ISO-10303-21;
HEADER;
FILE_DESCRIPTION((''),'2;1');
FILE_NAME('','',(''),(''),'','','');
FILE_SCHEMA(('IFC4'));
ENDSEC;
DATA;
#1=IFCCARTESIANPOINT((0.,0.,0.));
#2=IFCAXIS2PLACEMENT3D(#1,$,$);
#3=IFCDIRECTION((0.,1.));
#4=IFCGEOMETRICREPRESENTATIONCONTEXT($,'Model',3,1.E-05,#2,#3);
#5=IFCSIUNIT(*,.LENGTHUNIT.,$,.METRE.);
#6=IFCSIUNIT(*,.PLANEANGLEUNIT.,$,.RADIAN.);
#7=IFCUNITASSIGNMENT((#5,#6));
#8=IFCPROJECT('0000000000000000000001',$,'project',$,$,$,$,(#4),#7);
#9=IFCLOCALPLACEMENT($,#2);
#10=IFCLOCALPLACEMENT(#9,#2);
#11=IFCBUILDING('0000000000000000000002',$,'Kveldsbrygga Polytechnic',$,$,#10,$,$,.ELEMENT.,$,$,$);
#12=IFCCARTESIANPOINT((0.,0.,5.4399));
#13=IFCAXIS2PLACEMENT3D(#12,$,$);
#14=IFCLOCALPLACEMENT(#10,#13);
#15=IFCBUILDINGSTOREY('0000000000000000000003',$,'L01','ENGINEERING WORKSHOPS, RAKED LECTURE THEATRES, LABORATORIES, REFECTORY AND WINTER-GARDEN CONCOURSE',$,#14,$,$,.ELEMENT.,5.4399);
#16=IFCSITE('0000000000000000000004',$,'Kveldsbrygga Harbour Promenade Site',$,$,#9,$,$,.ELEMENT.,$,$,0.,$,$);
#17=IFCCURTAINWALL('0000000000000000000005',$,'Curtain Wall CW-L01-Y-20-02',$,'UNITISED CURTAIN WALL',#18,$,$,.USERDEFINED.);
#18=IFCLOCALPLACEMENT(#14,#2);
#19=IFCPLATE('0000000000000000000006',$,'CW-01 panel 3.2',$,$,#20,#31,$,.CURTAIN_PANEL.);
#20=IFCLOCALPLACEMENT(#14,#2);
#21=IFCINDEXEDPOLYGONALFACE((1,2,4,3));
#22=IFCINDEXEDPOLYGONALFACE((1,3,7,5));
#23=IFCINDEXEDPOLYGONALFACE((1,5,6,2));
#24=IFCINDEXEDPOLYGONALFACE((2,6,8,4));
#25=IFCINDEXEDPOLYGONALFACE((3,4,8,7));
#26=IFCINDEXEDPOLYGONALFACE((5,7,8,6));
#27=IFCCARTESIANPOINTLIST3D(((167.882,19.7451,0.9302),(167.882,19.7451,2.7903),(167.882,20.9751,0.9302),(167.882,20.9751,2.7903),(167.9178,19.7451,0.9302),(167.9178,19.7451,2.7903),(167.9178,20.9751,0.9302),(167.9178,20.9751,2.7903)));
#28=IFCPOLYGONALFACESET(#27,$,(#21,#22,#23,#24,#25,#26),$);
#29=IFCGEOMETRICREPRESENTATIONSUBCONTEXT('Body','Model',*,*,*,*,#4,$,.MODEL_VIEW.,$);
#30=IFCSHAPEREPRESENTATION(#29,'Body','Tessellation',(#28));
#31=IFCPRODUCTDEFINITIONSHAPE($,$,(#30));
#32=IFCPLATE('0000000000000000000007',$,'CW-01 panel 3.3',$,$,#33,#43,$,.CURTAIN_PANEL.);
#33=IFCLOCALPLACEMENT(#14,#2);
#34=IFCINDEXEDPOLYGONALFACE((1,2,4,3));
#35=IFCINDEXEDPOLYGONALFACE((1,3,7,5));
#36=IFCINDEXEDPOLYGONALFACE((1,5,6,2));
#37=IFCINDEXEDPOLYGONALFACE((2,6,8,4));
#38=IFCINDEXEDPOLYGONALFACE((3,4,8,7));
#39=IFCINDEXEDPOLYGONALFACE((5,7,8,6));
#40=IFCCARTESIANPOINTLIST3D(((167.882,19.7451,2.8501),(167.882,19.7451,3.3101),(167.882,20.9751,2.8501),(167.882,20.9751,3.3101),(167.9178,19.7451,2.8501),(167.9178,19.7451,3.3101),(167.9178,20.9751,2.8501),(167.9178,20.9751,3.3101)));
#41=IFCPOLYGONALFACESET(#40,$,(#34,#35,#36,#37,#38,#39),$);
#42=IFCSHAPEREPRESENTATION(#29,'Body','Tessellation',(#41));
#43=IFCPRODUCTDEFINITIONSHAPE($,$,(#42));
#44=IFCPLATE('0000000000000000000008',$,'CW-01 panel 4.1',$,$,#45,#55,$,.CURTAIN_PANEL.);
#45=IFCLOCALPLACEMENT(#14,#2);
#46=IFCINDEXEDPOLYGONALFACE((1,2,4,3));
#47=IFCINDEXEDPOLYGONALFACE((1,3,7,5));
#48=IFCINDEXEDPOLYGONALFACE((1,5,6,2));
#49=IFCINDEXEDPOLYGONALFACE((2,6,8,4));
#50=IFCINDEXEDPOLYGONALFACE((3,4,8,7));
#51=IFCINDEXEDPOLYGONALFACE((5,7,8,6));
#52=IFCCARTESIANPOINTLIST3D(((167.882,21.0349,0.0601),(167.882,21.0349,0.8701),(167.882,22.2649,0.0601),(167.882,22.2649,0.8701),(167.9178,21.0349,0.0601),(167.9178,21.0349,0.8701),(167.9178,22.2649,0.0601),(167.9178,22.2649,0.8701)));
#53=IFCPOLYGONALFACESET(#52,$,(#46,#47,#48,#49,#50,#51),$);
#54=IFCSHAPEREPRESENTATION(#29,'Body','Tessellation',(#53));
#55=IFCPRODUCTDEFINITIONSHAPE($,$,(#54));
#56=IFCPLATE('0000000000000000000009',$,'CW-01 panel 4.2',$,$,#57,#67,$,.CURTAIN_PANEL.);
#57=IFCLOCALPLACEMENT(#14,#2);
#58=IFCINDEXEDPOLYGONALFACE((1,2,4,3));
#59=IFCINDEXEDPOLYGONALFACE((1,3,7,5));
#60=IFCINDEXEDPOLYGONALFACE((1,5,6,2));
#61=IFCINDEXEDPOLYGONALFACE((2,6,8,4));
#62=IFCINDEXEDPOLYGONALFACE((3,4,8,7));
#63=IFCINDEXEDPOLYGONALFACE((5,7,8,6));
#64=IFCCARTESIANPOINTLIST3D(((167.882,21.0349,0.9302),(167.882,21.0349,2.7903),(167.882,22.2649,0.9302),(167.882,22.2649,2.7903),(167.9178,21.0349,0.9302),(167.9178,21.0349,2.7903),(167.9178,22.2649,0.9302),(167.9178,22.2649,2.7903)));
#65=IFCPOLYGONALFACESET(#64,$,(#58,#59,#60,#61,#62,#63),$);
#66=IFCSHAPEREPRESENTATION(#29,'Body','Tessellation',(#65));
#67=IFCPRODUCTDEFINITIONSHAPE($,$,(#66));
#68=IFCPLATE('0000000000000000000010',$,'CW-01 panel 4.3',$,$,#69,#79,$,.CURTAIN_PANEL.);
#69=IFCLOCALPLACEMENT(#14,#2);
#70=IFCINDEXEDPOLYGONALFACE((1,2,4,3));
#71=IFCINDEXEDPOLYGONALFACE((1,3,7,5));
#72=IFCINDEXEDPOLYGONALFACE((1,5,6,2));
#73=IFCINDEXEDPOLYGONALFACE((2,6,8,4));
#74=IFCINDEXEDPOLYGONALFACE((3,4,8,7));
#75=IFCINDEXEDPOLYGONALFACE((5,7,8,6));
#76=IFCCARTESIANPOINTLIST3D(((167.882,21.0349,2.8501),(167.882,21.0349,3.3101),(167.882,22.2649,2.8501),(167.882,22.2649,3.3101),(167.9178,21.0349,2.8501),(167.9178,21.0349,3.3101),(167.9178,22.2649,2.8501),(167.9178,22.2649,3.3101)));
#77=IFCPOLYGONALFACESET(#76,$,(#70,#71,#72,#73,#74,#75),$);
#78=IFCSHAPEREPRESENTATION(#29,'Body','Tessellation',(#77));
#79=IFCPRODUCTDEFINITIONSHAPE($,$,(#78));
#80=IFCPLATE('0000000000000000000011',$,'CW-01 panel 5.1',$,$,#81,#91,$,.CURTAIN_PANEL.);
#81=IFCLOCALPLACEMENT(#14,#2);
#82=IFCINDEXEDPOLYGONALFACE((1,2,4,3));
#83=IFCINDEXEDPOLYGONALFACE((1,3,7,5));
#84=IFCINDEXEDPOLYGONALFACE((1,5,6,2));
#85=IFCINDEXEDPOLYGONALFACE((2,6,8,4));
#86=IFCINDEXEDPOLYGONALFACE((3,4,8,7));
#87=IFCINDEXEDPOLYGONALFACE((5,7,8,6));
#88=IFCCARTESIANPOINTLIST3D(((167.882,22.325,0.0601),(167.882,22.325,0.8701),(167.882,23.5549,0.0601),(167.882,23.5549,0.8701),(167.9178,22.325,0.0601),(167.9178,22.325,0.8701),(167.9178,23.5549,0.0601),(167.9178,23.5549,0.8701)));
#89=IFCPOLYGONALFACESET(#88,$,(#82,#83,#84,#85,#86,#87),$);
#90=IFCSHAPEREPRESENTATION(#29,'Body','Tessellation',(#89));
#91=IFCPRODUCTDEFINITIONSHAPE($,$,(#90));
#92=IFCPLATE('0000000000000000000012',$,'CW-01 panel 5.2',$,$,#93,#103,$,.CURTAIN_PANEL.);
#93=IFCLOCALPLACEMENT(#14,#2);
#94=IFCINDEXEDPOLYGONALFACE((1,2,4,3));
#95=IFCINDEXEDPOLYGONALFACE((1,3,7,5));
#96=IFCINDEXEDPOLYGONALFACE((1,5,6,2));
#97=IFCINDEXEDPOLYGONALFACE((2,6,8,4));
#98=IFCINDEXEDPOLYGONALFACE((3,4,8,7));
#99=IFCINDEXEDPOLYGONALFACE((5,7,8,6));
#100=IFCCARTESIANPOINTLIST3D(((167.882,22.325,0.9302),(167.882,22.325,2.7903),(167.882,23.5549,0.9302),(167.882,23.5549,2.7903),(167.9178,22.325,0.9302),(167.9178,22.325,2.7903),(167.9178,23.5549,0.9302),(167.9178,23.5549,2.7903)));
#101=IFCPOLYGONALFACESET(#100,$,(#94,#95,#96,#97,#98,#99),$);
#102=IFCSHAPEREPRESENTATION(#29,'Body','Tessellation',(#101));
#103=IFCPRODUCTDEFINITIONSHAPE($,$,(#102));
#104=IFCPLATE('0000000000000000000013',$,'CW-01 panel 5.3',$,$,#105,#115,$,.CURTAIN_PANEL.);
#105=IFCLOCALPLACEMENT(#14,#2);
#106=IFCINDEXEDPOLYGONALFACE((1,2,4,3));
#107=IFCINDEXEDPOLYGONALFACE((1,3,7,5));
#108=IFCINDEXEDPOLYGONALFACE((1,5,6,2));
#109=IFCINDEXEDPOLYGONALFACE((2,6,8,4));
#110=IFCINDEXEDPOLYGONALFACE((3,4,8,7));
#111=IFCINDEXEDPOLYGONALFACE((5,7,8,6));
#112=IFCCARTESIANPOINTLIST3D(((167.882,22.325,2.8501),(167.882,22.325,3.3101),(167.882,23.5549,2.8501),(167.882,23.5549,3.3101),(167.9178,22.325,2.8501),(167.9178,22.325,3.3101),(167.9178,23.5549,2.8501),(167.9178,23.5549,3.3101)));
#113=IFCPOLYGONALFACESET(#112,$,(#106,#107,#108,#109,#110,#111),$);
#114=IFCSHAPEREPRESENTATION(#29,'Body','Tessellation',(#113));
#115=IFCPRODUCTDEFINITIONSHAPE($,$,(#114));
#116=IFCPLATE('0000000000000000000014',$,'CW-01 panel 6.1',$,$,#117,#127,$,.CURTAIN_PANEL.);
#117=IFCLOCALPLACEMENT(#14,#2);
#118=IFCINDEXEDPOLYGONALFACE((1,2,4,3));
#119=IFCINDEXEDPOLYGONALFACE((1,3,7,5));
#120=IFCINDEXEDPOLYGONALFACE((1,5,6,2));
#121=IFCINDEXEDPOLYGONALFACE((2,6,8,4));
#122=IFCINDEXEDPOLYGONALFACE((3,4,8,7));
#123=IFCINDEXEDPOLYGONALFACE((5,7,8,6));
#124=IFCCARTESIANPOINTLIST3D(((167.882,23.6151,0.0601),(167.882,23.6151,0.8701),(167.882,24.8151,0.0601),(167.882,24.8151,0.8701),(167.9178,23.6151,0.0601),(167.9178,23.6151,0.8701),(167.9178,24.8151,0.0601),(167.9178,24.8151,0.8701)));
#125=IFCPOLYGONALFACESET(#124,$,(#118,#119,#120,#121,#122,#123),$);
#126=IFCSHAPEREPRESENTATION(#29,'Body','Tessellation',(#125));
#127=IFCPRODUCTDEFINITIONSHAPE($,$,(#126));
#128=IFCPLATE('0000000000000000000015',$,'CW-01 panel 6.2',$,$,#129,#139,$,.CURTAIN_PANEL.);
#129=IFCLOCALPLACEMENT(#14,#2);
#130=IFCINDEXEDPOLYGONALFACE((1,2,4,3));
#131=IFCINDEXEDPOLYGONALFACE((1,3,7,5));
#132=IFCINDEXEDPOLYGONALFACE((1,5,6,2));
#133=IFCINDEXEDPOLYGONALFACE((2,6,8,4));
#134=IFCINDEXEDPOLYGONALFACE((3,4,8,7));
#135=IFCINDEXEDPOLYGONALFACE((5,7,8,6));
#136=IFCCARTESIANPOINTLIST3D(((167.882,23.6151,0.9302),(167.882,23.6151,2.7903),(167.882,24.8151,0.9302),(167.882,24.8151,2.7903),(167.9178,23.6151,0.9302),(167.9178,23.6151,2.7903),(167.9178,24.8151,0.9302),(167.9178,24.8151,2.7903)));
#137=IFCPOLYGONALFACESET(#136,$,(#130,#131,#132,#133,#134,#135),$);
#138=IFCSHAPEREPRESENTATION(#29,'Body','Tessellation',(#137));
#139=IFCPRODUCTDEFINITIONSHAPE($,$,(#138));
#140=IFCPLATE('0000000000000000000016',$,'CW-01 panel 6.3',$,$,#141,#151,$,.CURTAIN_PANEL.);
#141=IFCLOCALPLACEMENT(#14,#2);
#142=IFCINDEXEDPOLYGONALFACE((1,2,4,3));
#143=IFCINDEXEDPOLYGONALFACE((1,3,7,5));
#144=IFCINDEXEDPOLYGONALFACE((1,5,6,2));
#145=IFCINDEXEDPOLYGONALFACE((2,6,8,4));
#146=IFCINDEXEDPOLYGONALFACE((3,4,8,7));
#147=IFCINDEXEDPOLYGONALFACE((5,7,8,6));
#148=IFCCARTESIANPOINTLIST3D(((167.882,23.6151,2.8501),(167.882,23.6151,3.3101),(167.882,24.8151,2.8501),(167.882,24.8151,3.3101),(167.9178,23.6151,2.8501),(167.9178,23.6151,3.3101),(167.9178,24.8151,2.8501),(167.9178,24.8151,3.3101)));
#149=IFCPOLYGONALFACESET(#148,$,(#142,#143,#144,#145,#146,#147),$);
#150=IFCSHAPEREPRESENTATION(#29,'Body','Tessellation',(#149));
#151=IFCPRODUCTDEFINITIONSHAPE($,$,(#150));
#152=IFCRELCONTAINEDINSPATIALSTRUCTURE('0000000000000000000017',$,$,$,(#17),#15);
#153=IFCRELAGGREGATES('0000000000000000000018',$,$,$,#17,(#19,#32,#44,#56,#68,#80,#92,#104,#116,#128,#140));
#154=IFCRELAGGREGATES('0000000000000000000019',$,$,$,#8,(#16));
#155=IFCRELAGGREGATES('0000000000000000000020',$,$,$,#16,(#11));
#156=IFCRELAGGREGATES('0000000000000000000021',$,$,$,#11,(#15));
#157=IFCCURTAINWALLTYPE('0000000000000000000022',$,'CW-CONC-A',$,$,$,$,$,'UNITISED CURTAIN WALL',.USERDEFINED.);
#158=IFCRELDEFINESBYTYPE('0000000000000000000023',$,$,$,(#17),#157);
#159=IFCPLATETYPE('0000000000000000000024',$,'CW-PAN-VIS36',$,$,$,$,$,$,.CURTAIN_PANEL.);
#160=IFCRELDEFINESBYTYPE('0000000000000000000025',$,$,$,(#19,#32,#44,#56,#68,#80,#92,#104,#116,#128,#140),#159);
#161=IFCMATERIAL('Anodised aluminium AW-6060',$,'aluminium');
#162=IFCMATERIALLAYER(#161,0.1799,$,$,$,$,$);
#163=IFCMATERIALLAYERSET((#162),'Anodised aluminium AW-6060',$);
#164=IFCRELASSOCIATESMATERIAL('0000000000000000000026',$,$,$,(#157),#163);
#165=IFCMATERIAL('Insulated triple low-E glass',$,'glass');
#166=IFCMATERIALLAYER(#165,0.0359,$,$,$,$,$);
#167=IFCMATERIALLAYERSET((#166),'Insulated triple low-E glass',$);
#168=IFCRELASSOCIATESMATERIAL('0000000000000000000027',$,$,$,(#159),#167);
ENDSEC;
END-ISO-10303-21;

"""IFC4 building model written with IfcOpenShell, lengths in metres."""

from ifc_helpers import new_model, si_unit, direction, frame, origin, origin_2d, place, context, subcontext, project, spatial, rectangle, extrude, material, layer, layer_set, type_object, element, aggregate, save


model = new_model("IFC4")

# Units and contexts
model_context = context("Model", 3, precision=1e-05, world=origin(), true_north=direction((0.0, 1.0)))
body_context = subcontext(model_context, "Body", "Model", "MODEL_VIEW")
ifc_project = project(units=[si_unit("LENGTHUNIT", "METRE"), si_unit("PLANEANGLEUNIT", "RADIAN")], contexts=[model_context])

# Site, building, storey
site_placement = place(None, origin())
site = spatial("IfcSite", under=ifc_project, at=site_placement, Name="Kveldsbrygga Harbour Promenade Site", CompositionType="ELEMENT", RefElevation=0.0)
building_placement = place(site_placement, origin())
building = spatial("IfcBuilding", under=site, at=building_placement, Name="Kveldsbrygga Polytechnic", CompositionType="ELEMENT")
storey_placement = place(building_placement, frame((0.0, 0.0, 5.4399)))
storey = spatial("IfcBuildingStorey", under=building, at=storey_placement, Name="L01", Description="ENGINEERING WORKSHOPS, RAKED LECTURE THEATRES, LABORATORIES, REFECTORY AND WINTER-GARDEN CONCOURSE", CompositionType="ELEMENT", Elevation=5.4399)

# Curtain wall
ifc_material_1 = material(Name="Anodised aluminium AW-6060", Category="aluminium")
ifc_layer_1 = layer(ifc_material_1, 0.1799)
ifc_layer_set_1 = layer_set([ifc_layer_1], Name="Anodised aluminium AW-6060")
curtain_wall_type = type_object("IfcCurtainWallType", Name="CW-CONC-A", ElementType="UNITISED CURTAIN WALL", PredefinedType="USERDEFINED", material=ifc_layer_set_1)
curtain_wall_placement = place(storey_placement, origin())
curtain_wall = element("IfcCurtainWall", 1, at=curtain_wall_placement, inside=storey, type_object=curtain_wall_type, Name="Curtain Wall CW-L01-Y-20-02", ObjectType="UNITISED CURTAIN WALL", PredefinedType="USERDEFINED")

# Plates
ifc_material_2 = material(Name="Insulated triple low-E glass", Category="glass")
ifc_layer_2 = layer(ifc_material_2, 0.0359)
ifc_layer_set_2 = layer_set([ifc_layer_2], Name="Insulated triple low-E glass")
plate_type = type_object("IfcPlateType", Name="CW-PAN-VIS36", PredefinedType="CURTAIN_PANEL", material=ifc_layer_set_2)
plate_1_placement = place(storey_placement, frame((167.8999, 20.3601, 0.9302), z_axis=(0.0, 0.0, 1.0), x_axis=(0.0, 1.0, 0.0)))
plate_1 = element("IfcPlate", 2, at=plate_1_placement, type_object=plate_type, Name="CW-01 panel 3.2", PredefinedType="CURTAIN_PANEL", context=body_context, shape_type="SweptSolid", body=[
    extrude(rectangle(XDim=1.23, YDim=0.0359, at=origin_2d()), origin(), (0.0, 0.0, 1.0), 1.8601),
])
plate_2_placement = place(storey_placement, frame((167.8999, 20.3601, 2.8501), z_axis=(0.0, 0.0, 1.0), x_axis=(0.0, 1.0, 0.0)))
plate_2 = element("IfcPlate", 3, at=plate_2_placement, type_object=plate_type, Name="CW-01 panel 3.3", PredefinedType="CURTAIN_PANEL", context=body_context, shape_type="SweptSolid", body=[
    extrude(rectangle(XDim=1.23, YDim=0.0359, at=origin_2d()), origin(), (0.0, 0.0, 1.0), 0.46),
])
plate_3_placement = place(storey_placement, frame((167.8999, 21.6499, 0.0601), z_axis=(0.0, 0.0, 1.0), x_axis=(0.0, 1.0, 0.0)))
plate_3 = element("IfcPlate", 4, at=plate_3_placement, type_object=plate_type, Name="CW-01 panel 4.1", PredefinedType="CURTAIN_PANEL", context=body_context, shape_type="SweptSolid", body=[
    extrude(rectangle(XDim=1.23, YDim=0.0359, at=origin_2d()), origin(), (0.0, 0.0, 1.0), 0.8101),
])
plate_4_placement = place(storey_placement, frame((167.8999, 21.6499, 0.9302), z_axis=(0.0, 0.0, 1.0), x_axis=(0.0, 1.0, 0.0)))
plate_4 = element("IfcPlate", 5, at=plate_4_placement, type_object=plate_type, Name="CW-01 panel 4.2", PredefinedType="CURTAIN_PANEL", context=body_context, shape_type="SweptSolid", body=[
    extrude(rectangle(XDim=1.23, YDim=0.0359, at=origin_2d()), origin(), (0.0, 0.0, 1.0), 1.8601),
])
plate_5_placement = place(storey_placement, frame((167.8999, 21.6499, 2.8501), z_axis=(0.0, 0.0, 1.0), x_axis=(0.0, 1.0, 0.0)))
plate_5 = element("IfcPlate", 6, at=plate_5_placement, type_object=plate_type, Name="CW-01 panel 4.3", PredefinedType="CURTAIN_PANEL", context=body_context, shape_type="SweptSolid", body=[
    extrude(rectangle(XDim=1.23, YDim=0.0359, at=origin_2d()), origin(), (0.0, 0.0, 1.0), 0.46),
])
plate_6_placement = place(storey_placement, frame((167.8999, 22.9399, 0.0601), z_axis=(0.0, 0.0, 1.0), x_axis=(0.0, 1.0, 0.0)))
plate_6 = element("IfcPlate", 7, at=plate_6_placement, type_object=plate_type, Name="CW-01 panel 5.1", PredefinedType="CURTAIN_PANEL", context=body_context, shape_type="SweptSolid", body=[
    extrude(rectangle(XDim=1.23, YDim=0.0359, at=origin_2d()), origin(), (0.0, 0.0, 1.0), 0.8101),
])
plate_7_placement = place(storey_placement, frame((167.8999, 22.9399, 0.9302), z_axis=(0.0, 0.0, 1.0), x_axis=(0.0, 1.0, 0.0)))
plate_7 = element("IfcPlate", 8, at=plate_7_placement, type_object=plate_type, Name="CW-01 panel 5.2", PredefinedType="CURTAIN_PANEL", context=body_context, shape_type="SweptSolid", body=[
    extrude(rectangle(XDim=1.23, YDim=0.0359, at=origin_2d()), origin(), (0.0, 0.0, 1.0), 1.8601),
])
plate_8_placement = place(storey_placement, frame((167.8999, 22.9399, 2.8501), z_axis=(0.0, 0.0, 1.0), x_axis=(0.0, 1.0, 0.0)))
plate_8 = element("IfcPlate", 9, at=plate_8_placement, type_object=plate_type, Name="CW-01 panel 5.3", PredefinedType="CURTAIN_PANEL", context=body_context, shape_type="SweptSolid", body=[
    extrude(rectangle(XDim=1.23, YDim=0.0359, at=origin_2d()), origin(), (0.0, 0.0, 1.0), 0.46),
])
plate_9_placement = place(storey_placement, frame((167.8999, 24.2151, 0.0601), z_axis=(0.0, 0.0, 1.0), x_axis=(0.0, 1.0, 0.0)))
plate_9 = element("IfcPlate", 10, at=plate_9_placement, type_object=plate_type, Name="CW-01 panel 6.1", PredefinedType="CURTAIN_PANEL", context=body_context, shape_type="SweptSolid", body=[
    extrude(rectangle(XDim=1.2, YDim=0.0359, at=origin_2d()), origin(), (0.0, 0.0, 1.0), 0.8101),
])
plate_10_placement = place(storey_placement, frame((167.8999, 24.2151, 0.9302), z_axis=(0.0, 0.0, 1.0), x_axis=(0.0, 1.0, 0.0)))
plate_10 = element("IfcPlate", 11, at=plate_10_placement, type_object=plate_type, Name="CW-01 panel 6.2", PredefinedType="CURTAIN_PANEL", context=body_context, shape_type="SweptSolid", body=[
    extrude(rectangle(XDim=1.2, YDim=0.0359, at=origin_2d()), origin(), (0.0, 0.0, 1.0), 1.8601),
])
plate_11_placement = place(storey_placement, frame((167.8999, 24.2151, 2.8501), z_axis=(0.0, 0.0, 1.0), x_axis=(0.0, 1.0, 0.0)))
plate_11 = element("IfcPlate", 12, at=plate_11_placement, type_object=plate_type, Name="CW-01 panel 6.3", PredefinedType="CURTAIN_PANEL", context=body_context, shape_type="SweptSolid", body=[
    extrude(rectangle(XDim=1.2, YDim=0.0359, at=origin_2d()), origin(), (0.0, 0.0, 1.0), 0.46),
])
aggregate(curtain_wall, [plate_1, plate_2, plate_3, plate_4, plate_5, plate_6, plate_7, plate_8, plate_9, plate_10, plate_11])

save(model, "model.ifc")
